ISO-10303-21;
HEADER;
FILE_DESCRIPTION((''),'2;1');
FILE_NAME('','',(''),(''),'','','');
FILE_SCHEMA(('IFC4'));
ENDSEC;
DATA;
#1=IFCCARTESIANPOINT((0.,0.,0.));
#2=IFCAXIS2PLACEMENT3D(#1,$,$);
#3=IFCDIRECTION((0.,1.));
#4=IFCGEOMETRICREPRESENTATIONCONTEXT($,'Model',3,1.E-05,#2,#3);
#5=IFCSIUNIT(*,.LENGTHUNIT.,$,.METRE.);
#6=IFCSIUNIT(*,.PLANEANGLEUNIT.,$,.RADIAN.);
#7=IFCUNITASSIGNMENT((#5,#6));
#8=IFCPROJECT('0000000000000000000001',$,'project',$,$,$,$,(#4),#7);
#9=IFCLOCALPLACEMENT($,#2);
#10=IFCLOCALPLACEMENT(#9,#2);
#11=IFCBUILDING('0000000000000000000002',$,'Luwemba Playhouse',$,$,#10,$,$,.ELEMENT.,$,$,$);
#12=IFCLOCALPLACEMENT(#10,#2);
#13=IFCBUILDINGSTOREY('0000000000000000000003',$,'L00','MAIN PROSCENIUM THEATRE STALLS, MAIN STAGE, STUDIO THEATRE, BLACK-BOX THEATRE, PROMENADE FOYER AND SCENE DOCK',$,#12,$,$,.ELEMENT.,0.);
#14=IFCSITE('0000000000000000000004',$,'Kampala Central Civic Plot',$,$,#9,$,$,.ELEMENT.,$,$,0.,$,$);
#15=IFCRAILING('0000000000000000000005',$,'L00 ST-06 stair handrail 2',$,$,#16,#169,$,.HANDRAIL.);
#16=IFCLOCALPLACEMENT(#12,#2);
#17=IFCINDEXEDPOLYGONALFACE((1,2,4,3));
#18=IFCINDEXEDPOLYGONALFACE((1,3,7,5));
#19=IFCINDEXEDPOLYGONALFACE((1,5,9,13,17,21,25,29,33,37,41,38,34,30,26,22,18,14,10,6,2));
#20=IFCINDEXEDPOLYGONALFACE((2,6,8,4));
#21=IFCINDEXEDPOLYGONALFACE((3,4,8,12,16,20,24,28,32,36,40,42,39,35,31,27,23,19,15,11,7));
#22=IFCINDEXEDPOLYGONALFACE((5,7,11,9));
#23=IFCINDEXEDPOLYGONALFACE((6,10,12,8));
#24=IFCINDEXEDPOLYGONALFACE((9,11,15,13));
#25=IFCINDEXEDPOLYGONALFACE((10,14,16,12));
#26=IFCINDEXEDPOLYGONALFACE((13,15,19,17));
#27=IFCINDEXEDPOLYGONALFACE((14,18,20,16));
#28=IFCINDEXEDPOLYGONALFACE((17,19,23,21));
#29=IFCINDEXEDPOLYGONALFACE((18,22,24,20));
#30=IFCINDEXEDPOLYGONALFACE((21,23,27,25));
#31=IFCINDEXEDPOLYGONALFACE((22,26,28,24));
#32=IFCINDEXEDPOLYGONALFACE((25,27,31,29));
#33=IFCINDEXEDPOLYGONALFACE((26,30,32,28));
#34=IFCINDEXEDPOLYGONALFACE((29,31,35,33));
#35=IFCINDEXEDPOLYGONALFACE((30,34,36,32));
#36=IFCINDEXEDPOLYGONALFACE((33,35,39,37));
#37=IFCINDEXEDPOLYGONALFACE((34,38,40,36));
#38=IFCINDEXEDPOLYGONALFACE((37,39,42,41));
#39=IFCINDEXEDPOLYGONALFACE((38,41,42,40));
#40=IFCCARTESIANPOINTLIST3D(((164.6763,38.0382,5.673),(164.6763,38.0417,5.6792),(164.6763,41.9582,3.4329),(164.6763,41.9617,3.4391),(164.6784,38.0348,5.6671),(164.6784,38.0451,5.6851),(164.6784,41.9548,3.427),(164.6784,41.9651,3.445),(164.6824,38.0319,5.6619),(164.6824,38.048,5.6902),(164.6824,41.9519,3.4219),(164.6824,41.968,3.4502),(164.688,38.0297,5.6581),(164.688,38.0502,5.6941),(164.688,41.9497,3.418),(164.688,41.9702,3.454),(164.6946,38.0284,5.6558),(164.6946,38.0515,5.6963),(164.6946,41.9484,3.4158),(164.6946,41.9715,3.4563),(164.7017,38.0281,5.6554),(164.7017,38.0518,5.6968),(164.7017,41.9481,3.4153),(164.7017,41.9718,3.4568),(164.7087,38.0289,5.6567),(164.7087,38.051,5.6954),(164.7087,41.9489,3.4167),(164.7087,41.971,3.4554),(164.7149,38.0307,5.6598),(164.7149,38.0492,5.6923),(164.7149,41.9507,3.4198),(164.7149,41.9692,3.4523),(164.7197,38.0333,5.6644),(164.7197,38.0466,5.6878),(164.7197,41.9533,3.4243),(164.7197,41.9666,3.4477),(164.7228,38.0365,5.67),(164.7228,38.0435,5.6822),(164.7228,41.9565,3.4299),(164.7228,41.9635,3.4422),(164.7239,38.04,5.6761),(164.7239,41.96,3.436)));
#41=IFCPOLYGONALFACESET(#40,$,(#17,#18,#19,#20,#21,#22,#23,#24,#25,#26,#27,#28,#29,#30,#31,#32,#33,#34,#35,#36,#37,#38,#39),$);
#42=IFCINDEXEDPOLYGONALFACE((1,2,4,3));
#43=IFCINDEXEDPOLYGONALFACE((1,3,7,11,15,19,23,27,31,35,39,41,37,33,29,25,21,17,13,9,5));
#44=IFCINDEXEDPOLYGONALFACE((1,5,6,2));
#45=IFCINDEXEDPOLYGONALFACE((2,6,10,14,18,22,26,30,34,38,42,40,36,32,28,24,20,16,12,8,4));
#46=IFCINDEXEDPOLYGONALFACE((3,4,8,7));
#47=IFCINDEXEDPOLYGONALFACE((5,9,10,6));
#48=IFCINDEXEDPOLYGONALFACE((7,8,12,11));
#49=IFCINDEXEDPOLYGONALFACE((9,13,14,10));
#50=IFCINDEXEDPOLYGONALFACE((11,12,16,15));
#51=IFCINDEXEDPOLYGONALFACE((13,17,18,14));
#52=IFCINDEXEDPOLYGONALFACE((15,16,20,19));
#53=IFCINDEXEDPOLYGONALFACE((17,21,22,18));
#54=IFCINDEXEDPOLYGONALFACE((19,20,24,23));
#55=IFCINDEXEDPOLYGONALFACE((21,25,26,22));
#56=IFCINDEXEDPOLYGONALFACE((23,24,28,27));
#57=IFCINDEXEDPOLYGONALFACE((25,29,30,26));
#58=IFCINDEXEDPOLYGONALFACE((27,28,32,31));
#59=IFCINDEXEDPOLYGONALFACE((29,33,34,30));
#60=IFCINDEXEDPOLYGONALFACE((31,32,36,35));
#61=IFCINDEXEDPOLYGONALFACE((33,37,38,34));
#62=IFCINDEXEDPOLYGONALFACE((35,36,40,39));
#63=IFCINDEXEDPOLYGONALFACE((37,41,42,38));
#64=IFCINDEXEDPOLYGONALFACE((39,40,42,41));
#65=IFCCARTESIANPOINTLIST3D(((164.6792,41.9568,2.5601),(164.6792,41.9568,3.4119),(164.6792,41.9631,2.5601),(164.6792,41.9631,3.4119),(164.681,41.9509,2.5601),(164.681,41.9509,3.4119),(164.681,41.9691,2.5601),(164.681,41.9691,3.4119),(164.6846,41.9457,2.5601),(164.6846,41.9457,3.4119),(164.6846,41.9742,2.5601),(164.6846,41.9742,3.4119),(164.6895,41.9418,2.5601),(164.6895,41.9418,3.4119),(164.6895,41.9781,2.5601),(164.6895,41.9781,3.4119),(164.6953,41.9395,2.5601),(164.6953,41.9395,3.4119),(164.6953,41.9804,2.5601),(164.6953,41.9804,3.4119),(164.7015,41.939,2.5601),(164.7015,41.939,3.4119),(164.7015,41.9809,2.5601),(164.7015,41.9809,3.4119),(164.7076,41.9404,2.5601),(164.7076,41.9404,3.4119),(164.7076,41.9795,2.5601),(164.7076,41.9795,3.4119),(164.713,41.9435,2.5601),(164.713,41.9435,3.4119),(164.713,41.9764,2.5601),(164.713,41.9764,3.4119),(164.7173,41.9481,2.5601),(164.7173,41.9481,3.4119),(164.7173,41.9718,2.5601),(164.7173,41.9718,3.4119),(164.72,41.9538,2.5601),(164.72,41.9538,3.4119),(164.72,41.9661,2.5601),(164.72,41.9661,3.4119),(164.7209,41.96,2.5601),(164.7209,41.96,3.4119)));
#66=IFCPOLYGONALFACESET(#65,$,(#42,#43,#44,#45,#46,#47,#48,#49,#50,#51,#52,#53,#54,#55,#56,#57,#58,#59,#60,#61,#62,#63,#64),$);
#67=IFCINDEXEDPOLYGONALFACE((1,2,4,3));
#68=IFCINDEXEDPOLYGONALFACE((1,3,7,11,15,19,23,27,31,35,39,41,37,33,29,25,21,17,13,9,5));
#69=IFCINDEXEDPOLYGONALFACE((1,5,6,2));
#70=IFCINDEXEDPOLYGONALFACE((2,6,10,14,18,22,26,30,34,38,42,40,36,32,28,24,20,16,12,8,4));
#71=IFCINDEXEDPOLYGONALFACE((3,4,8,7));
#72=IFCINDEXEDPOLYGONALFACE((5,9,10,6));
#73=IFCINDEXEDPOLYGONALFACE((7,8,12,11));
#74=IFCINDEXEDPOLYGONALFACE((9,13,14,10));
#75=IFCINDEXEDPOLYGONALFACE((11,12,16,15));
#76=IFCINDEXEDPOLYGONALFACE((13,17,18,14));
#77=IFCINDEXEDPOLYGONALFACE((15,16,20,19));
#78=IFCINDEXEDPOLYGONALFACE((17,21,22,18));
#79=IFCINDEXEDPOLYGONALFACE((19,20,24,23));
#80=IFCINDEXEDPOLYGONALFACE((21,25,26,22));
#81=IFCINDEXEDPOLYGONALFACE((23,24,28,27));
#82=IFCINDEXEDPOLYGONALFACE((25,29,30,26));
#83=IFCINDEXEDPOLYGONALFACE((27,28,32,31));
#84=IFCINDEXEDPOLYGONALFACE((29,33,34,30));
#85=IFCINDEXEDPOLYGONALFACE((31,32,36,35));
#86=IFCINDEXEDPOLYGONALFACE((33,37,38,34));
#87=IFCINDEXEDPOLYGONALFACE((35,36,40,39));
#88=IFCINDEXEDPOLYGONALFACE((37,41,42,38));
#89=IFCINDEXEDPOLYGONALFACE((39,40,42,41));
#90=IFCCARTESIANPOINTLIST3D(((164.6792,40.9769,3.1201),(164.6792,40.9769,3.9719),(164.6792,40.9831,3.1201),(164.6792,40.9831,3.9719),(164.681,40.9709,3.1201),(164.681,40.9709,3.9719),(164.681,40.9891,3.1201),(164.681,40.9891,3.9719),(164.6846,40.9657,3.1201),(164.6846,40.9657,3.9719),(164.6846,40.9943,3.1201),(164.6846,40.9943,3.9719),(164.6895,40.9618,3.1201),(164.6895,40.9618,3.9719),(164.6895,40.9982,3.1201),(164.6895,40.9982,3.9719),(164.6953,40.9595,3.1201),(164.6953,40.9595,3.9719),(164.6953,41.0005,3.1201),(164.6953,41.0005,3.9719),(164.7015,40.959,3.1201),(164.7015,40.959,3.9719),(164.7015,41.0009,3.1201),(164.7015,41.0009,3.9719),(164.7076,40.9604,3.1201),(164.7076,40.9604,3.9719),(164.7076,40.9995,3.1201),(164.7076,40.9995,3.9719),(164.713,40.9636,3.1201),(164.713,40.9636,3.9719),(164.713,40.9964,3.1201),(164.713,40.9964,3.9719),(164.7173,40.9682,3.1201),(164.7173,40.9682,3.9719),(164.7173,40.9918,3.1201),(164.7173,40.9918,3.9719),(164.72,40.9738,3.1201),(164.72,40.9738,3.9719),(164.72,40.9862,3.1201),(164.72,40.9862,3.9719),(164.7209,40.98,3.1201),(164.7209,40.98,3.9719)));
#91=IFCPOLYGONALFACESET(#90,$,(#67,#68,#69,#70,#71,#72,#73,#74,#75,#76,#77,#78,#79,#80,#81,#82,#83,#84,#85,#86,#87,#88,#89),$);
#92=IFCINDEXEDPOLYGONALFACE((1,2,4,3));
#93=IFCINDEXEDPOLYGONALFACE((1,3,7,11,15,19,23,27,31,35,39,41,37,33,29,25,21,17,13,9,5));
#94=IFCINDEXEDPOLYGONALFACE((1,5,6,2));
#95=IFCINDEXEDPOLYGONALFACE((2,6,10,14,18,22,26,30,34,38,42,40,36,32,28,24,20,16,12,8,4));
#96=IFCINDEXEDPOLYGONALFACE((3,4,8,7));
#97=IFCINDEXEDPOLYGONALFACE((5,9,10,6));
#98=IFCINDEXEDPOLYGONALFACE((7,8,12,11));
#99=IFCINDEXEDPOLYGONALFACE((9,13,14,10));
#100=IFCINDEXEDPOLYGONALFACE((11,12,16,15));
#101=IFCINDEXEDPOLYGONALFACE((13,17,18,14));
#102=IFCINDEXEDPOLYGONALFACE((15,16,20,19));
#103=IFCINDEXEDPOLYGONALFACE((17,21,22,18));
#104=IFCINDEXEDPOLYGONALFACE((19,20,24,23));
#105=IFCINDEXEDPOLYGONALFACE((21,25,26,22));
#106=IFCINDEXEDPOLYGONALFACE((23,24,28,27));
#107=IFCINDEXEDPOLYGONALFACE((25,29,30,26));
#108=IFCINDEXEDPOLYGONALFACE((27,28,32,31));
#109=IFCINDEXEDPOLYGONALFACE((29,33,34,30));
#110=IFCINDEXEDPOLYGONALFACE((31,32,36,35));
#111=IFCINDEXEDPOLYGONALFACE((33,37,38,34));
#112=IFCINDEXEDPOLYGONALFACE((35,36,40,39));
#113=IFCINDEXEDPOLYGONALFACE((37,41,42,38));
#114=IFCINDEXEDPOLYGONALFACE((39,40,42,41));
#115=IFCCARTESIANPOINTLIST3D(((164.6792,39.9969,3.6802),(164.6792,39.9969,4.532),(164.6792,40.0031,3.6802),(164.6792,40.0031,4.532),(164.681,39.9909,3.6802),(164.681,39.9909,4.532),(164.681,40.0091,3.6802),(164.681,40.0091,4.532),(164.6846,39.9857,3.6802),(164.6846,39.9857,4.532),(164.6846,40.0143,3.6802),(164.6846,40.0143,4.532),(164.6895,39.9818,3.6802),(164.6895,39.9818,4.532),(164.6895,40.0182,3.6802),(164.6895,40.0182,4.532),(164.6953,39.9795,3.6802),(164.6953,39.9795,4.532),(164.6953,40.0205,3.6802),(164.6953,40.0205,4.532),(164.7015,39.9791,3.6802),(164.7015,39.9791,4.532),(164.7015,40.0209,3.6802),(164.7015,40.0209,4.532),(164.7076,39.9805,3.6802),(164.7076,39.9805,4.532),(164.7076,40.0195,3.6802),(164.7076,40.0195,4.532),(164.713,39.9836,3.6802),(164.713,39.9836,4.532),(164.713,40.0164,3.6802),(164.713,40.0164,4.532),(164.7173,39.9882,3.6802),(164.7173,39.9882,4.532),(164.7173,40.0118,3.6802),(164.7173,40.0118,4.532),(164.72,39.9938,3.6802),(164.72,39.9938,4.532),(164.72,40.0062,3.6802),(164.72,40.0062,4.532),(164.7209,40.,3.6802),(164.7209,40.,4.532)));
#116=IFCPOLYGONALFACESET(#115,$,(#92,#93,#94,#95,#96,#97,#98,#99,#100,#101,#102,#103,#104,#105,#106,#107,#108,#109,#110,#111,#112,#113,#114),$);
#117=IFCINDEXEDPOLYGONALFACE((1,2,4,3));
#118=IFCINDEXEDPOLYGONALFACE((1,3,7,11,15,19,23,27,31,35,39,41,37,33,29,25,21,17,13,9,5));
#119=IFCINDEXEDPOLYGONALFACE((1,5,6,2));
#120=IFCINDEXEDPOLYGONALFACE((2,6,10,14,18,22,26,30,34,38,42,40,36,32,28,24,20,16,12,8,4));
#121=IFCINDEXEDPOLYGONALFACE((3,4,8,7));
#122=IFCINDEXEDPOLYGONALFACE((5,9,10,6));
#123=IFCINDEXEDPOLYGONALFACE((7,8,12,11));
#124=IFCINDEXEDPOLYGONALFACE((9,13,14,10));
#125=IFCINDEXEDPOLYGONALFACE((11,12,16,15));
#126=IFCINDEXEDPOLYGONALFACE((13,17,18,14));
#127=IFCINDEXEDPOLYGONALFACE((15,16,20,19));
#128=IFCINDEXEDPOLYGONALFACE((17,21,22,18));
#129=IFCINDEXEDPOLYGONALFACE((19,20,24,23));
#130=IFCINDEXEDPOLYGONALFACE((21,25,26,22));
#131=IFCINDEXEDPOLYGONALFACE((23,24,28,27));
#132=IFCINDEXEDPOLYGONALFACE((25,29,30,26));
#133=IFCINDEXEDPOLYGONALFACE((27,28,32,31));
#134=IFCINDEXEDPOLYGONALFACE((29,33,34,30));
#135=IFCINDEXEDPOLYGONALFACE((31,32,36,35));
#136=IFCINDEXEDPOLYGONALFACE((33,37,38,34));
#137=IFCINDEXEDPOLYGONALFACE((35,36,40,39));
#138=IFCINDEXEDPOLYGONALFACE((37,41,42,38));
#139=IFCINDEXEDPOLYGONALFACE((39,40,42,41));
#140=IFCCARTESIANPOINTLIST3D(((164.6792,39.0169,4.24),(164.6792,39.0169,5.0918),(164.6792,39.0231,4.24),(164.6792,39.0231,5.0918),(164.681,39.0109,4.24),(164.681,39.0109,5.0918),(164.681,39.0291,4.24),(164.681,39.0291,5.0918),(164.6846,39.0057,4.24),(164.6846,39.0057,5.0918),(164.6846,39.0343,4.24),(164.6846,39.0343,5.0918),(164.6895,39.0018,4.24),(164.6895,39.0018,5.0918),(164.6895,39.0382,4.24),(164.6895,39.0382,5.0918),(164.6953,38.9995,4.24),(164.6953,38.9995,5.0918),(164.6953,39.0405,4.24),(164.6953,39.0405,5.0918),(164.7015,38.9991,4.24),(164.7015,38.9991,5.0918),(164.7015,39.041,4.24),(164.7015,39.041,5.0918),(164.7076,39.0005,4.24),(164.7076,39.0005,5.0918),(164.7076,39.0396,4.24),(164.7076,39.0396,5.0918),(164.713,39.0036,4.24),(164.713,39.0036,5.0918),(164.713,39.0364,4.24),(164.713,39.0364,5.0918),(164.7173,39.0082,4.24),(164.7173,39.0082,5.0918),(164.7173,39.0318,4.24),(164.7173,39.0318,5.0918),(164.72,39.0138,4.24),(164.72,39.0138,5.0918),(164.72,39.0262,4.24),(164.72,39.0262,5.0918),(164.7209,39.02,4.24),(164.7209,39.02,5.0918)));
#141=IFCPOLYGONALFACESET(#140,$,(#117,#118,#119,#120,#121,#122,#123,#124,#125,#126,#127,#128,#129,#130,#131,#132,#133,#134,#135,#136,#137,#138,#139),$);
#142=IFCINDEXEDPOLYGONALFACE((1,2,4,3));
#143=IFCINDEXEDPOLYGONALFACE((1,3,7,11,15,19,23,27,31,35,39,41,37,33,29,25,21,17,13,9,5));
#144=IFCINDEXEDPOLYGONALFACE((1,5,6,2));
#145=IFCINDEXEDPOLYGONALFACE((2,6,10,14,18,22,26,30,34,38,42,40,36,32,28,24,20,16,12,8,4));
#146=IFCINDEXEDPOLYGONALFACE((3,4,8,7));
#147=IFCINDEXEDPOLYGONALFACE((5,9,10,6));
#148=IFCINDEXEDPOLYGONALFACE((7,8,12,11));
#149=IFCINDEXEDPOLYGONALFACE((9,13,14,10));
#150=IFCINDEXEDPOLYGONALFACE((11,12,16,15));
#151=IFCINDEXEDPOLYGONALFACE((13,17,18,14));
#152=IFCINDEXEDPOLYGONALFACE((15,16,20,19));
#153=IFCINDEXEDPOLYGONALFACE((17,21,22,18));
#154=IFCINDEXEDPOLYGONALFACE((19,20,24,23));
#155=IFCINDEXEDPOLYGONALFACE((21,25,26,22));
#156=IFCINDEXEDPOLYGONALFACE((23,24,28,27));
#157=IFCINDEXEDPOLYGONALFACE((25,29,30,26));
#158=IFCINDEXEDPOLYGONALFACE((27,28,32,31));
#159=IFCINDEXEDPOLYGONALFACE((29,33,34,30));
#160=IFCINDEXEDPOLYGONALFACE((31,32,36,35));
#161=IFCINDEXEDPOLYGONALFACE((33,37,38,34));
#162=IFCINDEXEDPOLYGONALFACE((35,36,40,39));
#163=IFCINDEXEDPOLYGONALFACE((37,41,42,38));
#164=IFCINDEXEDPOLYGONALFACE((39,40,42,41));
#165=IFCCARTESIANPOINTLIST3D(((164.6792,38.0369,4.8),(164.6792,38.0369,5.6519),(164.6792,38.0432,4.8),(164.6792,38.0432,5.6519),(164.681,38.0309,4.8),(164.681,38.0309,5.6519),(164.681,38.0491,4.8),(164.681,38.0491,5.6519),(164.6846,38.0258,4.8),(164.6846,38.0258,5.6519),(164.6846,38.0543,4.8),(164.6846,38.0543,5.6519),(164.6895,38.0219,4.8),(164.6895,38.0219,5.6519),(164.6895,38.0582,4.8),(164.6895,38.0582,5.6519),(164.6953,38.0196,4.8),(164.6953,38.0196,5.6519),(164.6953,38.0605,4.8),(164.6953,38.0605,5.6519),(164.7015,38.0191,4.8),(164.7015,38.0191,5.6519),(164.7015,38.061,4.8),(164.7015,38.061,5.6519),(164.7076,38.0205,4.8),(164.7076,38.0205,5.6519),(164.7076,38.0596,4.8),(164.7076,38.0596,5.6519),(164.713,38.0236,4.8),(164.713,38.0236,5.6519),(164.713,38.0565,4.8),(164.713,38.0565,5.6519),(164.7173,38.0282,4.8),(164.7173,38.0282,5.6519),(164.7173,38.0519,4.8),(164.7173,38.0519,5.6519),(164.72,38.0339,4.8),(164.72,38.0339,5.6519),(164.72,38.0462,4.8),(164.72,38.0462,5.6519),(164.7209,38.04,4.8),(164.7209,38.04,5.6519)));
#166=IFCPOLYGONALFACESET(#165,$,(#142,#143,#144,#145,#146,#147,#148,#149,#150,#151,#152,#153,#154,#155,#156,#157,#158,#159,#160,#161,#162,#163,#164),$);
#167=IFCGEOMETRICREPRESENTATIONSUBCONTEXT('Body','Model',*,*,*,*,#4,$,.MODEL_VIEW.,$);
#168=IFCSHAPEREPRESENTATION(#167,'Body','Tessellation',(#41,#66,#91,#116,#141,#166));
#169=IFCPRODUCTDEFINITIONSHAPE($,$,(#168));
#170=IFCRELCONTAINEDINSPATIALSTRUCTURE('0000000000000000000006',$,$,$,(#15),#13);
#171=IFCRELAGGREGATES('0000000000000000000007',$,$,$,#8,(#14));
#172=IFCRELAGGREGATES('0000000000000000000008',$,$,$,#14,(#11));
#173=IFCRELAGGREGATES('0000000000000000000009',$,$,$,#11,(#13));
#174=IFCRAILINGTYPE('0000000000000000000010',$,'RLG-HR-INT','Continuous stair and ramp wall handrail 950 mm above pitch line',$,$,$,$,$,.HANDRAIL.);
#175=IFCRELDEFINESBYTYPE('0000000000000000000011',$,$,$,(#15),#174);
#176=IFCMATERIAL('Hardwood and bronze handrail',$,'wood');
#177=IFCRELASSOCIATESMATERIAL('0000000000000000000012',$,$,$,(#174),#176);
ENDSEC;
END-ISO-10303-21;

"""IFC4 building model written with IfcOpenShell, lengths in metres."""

from ifc_helpers import new_model, si_unit, direction, frame, origin, origin_2d, place, context, subcontext, project, spatial, circle, extrude, material, type_object, element, save


model = new_model("IFC4")

# Units and contexts
model_context = context("Model", 3, precision=1e-05, world=origin(), true_north=direction((0.0, 1.0)))
body_context = subcontext(model_context, "Body", "Model", "MODEL_VIEW")
ifc_project = project(units=[si_unit("LENGTHUNIT", "METRE"), si_unit("PLANEANGLEUNIT", "RADIAN")], contexts=[model_context])

# Site, building, storey
site_placement = place(None, origin())
site = spatial("IfcSite", under=ifc_project, at=site_placement, Name="Kampala Central Civic Plot", CompositionType="ELEMENT", RefElevation=0.0)
building_placement = place(site_placement, origin())
building = spatial("IfcBuilding", under=site, at=building_placement, Name="Luwemba Playhouse", CompositionType="ELEMENT")
storey_placement = place(building_placement, origin())
storey = spatial("IfcBuildingStorey", under=building, at=storey_placement, Name="L00", Description="MAIN PROSCENIUM THEATRE STALLS, MAIN STAGE, STUDIO THEATRE, BLACK-BOX THEATRE, PROMENADE FOYER AND SCENE DOCK", CompositionType="ELEMENT", Elevation=0.0)

# Railing
ifc_material_1 = material(Name="Hardwood and bronze handrail", Category="wood")
railing_type = type_object("IfcRailingType", Name="RLG-HR-INT", Description="Continuous stair and ramp wall handrail 950 mm above pitch line", PredefinedType="HANDRAIL", material=ifc_material_1)
railing_placement = place(storey_placement, frame((164.7, 41.96, 2.5601)))
element("IfcRailing", 1, at=railing_placement, inside=storey, type_object=railing_type, Name="L00 ST-06 stair handrail 2", PredefinedType="HANDRAIL", context=body_context, shape_type="SweptSolid", body=[
    extrude(circle(Radius=0.0239, at=origin_2d()), frame((0.0, 0.0, 0.876), z_axis=(0.0, -0.86824, 0.496145), x_axis=(1.0, 0.0, 0.0)), (0.0, 0.0, 1.0), 4.5149),
    extrude(circle(Radius=0.021, at=origin_2d()), origin(), (0.0, 0.0, 1.0), 0.8518),
    extrude(circle(Radius=0.021, at=origin_2d()), frame((0.0, -0.98, 0.5601)), (0.0, 0.0, 1.0), 0.8518),
    extrude(circle(Radius=0.021, at=origin_2d()), frame((0.0, -1.96, 1.1201)), (0.0, 0.0, 1.0), 0.8518),
    extrude(circle(Radius=0.021, at=origin_2d()), frame((0.0, -2.9399, 1.6799)), (0.0, 0.0, 1.0), 0.8518),
    extrude(circle(Radius=0.021, at=origin_2d()), frame((0.0, -3.9199, 2.24)), (0.0, 0.0, 1.0), 0.8518),
])

save(model, "model.ifc")
